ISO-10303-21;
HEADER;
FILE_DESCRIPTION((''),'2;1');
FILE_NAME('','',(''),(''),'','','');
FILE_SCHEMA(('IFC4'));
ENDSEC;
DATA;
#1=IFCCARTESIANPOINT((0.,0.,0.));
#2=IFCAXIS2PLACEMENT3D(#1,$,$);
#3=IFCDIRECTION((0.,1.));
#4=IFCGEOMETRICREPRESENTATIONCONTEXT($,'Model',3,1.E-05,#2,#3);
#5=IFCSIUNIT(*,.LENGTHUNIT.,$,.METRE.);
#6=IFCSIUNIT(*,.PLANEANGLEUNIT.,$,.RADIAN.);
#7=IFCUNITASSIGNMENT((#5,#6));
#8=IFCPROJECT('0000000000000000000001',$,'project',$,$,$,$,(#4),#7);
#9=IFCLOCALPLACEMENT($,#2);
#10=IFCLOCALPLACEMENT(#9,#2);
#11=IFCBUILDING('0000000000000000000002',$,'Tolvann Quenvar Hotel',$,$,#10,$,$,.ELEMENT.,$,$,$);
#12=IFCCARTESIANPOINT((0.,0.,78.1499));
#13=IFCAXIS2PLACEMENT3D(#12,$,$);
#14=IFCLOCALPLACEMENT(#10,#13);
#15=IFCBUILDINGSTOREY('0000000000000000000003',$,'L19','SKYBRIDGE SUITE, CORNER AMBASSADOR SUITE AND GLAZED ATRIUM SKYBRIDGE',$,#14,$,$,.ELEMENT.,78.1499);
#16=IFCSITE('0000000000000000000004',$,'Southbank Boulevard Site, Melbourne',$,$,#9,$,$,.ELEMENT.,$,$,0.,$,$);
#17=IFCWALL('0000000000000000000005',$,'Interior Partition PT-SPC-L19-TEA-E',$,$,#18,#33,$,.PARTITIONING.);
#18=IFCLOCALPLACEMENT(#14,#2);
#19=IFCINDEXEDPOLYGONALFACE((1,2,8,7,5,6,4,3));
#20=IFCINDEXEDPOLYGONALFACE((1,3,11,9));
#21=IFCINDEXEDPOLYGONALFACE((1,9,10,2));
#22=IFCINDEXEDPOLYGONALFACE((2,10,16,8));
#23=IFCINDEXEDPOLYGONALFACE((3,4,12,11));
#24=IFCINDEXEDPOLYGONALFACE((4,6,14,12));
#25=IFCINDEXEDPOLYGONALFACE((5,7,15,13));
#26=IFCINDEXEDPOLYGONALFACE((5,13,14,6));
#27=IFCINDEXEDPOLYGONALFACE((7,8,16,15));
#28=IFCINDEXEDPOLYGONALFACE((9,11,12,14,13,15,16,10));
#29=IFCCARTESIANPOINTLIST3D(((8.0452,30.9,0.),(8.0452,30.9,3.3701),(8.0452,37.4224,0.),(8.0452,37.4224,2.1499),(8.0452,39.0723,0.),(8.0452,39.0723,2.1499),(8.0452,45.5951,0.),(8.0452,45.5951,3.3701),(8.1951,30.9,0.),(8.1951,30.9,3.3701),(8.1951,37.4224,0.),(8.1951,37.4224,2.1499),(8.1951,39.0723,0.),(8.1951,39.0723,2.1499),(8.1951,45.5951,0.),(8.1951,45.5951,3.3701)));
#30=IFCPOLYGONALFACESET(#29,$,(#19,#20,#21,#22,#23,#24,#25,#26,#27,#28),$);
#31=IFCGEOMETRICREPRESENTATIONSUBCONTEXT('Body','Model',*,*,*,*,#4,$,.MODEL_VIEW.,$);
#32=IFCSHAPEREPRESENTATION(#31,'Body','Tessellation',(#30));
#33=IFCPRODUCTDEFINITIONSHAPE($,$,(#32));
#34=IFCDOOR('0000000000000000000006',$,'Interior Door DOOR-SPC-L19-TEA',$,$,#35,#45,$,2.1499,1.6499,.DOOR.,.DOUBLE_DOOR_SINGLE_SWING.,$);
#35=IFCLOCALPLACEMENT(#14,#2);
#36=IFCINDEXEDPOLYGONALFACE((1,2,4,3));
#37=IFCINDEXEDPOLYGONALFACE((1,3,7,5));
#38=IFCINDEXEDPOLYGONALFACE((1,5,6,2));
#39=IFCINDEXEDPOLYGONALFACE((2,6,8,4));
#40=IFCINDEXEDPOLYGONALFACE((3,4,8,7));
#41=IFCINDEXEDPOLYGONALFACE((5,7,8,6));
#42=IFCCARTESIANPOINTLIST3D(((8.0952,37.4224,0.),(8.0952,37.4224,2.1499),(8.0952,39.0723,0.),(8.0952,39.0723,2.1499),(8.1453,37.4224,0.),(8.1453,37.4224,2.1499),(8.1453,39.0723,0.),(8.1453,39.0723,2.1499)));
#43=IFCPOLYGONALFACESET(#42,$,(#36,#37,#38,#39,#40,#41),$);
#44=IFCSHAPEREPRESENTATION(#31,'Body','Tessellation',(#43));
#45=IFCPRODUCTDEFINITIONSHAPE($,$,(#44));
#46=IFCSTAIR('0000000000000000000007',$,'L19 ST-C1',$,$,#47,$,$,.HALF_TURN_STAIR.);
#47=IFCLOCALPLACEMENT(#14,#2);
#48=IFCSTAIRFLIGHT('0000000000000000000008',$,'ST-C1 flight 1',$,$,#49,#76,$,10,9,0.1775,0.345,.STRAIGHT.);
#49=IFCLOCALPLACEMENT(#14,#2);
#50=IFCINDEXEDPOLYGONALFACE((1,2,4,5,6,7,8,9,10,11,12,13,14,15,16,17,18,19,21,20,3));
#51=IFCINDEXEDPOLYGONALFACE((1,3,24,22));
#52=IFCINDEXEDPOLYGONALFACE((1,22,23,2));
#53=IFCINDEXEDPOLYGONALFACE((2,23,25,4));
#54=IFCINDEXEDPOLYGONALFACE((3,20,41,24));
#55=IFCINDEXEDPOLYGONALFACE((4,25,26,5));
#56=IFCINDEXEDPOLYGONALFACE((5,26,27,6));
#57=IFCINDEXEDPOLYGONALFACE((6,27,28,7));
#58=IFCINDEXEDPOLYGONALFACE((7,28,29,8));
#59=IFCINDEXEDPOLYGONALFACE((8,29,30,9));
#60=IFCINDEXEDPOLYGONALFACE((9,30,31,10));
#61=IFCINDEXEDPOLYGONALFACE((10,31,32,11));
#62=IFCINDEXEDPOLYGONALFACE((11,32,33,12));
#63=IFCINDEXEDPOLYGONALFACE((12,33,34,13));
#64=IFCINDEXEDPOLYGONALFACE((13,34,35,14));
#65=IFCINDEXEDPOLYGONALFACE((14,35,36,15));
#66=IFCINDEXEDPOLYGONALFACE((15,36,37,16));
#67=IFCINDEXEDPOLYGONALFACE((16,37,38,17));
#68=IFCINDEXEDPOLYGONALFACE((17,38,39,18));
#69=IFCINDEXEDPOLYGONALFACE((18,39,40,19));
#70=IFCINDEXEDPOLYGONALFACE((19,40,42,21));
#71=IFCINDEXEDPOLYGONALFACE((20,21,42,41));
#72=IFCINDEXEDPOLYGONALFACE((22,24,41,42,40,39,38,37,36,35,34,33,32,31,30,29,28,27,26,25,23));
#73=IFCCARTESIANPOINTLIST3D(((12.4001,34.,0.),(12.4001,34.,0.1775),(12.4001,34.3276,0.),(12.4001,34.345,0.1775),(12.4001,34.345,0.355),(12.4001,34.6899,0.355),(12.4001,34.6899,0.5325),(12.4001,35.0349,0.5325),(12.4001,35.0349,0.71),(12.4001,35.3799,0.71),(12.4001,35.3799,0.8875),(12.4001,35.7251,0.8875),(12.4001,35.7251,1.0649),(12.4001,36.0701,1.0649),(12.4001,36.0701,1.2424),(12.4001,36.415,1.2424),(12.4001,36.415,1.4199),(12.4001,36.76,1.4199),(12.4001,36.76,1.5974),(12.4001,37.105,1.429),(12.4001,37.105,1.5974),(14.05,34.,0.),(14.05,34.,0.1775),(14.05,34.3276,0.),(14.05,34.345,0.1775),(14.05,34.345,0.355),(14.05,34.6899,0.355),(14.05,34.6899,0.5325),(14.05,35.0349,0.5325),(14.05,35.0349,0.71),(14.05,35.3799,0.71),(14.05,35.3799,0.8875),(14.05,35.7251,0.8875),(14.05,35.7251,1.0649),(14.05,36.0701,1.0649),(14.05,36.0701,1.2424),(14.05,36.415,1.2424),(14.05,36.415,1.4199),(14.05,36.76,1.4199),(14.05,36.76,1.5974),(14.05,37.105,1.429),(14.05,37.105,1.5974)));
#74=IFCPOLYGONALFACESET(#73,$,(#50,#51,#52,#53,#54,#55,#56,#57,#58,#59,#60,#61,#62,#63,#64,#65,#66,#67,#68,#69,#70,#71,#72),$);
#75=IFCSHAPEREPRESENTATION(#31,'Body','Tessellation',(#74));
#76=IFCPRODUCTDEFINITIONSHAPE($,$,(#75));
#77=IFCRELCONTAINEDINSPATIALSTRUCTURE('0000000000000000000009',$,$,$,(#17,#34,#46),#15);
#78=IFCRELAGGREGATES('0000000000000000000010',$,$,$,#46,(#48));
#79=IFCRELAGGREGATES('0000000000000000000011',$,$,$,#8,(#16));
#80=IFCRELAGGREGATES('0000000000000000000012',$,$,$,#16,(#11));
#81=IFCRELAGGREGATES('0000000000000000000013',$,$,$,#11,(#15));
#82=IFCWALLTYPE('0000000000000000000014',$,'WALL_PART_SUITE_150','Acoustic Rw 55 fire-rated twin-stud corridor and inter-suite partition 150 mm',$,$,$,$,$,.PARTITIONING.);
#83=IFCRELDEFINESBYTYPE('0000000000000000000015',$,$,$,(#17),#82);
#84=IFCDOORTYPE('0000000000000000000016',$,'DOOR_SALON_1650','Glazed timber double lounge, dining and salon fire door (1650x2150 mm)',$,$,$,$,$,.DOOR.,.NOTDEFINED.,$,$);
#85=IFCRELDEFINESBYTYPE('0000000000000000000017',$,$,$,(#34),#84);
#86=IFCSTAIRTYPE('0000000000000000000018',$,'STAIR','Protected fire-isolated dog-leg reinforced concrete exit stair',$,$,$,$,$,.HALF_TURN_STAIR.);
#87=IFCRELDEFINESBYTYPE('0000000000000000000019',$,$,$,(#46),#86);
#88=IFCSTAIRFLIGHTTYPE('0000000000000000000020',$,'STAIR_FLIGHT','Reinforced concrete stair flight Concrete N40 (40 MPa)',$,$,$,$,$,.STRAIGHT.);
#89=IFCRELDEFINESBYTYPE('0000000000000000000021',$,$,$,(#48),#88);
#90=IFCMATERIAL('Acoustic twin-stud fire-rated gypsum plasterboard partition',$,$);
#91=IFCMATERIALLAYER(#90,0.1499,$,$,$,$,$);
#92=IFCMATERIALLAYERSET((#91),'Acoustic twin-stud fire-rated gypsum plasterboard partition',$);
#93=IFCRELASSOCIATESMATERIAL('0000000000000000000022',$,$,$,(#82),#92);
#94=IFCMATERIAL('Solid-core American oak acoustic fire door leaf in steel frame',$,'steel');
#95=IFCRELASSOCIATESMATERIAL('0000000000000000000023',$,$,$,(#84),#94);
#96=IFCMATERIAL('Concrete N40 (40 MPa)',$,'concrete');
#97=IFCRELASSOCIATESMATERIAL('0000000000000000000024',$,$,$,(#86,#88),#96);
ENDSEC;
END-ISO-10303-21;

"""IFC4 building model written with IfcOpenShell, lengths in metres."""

from ifc_helpers import new_model, si_unit, direction, frame, frame_2d, origin, place, context, subcontext, project, spatial, polyline, rectangle, outline, extrude, source, transform, mapped, material, layer, layer_set, type_object, type_shapes, element, fill, aggregate, save


model = new_model("IFC4")

# Units and contexts
model_context = context("Model", 3, precision=1e-05, world=origin(), true_north=direction((0.0, 1.0)))
body_context = subcontext(model_context, "Body", "Model", "MODEL_VIEW")
ifc_project = project(units=[si_unit("LENGTHUNIT", "METRE"), si_unit("PLANEANGLEUNIT", "RADIAN")], contexts=[model_context])

# Site, building, storey
site_placement = place(None, origin())
site = spatial("IfcSite", under=ifc_project, at=site_placement, Name="Southbank Boulevard Site, Melbourne", CompositionType="ELEMENT", RefElevation=0.0)
building_placement = place(site_placement, origin())
building = spatial("IfcBuilding", under=site, at=building_placement, Name="Tolvann Quenvar Hotel", CompositionType="ELEMENT")
storey_placement = place(building_placement, frame((0.0, 0.0, 78.1499)))
storey = spatial("IfcBuildingStorey", under=building, at=storey_placement, Name="L19", Description="SKYBRIDGE SUITE, CORNER AMBASSADOR SUITE AND GLAZED ATRIUM SKYBRIDGE", CompositionType="ELEMENT", Elevation=78.1499)

# Shared definitions
ifc_material_1 = material(Name="Solid-core American oak acoustic fire door leaf in steel frame", Category="steel")

# Shared definitions
ifc_material_2 = material(Name="Acoustic twin-stud fire-rated gypsum plasterboard partition")
ifc_layer_1 = layer(ifc_material_2, 0.1499)
ifc_layer_set_1 = layer_set([ifc_layer_1], Name="Acoustic twin-stud fire-rated gypsum plasterboard partition")
wall_type_1 = type_object("IfcWallType", Name="WALL_PART_SUITE_150", Description="Acoustic Rw 55 fire-rated twin-stud corridor and inter-suite partition 150 mm", PredefinedType="PARTITIONING", material=ifc_layer_set_1)

# Wall, opening, door
wall_1_placement = place(storey_placement, frame((8.1201, 30.8999, 0.0), z_axis=(0.0, 0.0, 1.0), x_axis=(0.0, 1.0, 0.0)))
wall_1 = element("IfcWall", 1, at=wall_1_placement, inside=storey, type_object=wall_type_1, Name="Interior Partition PT-SPC-L19-TEA-E", PredefinedType="PARTITIONING", context=body_context, shape_type="SweptSolid", body=[
    extrude(rectangle(XDim=14.6951, YDim=0.1499, at=frame_2d((7.3477, 0.0))), origin(), (0.0, 0.0, 1.0), 3.3701),
])
opening_1_placement = place(wall_1_placement, frame((6.5225, 0.0, 0.0)))
opening_1 = element("IfcOpeningElement", 2, at=opening_1_placement, cuts=wall_1, PredefinedType="OPENING", context=body_context, shape_type="SweptSolid", body=[
    extrude(rectangle(XDim=1.6499, YDim=2.1499, at=frame_2d((0.825, 1.075))), frame((0.0, 0.085, 0.0), z_axis=(0.0, -1.0, 0.0), x_axis=(1.0, 0.0, 0.0)), (0.0, 0.0, 1.0), 0.1699),
])
door_type_1 = type_object("IfcDoorType", Name="DOOR_SALON_1650", Description="Glazed timber double lounge, dining and salon fire door (1650x2150 mm)", OperationType="NOTDEFINED", PredefinedType="DOOR", material=ifc_material_1)
shared_shape_1 = source(origin(), body_context, "Body", "SweptSolid", [
    extrude(rectangle(XDim=1.6499, YDim=2.1499, at=frame_2d((0.825, 1.075))), frame((0.0, 0.0249, 0.0), z_axis=(0.0, -1.0, 0.0), x_axis=(1.0, 0.0, 0.0)), (0.0, 0.0, 1.0), 0.05),
])
type_shapes(door_type_1, [shared_shape_1])
door_1_placement = place(opening_1_placement, origin())
door_1 = element("IfcDoor", 3, at=door_1_placement, inside=storey, type_object=door_type_1, Name="Interior Door DOOR-SPC-L19-TEA", OperationType="DOUBLE_DOOR_SINGLE_SWING", OverallHeight=2.1499, OverallWidth=1.6499, PredefinedType="DOOR", context=body_context, shape_type="MappedRepresentation", body=[
    mapped(shared_shape_1, transform((0.0, 0.0, 0.0), x_axis=(1.0, 0.0, 0.0), y_axis=(0.0, 1.0, 0.0), z_axis=(0.0, 0.0, 1.0), scale=1.0)),
])
fill(opening_1, door_1)

# Stair, stair flight
ifc_material_3 = material(Name="Concrete N40 (40 MPa)", Category="concrete")
stair_type = type_object("IfcStairType", Name="STAIR", Description="Protected fire-isolated dog-leg reinforced concrete exit stair", PredefinedType="HALF_TURN_STAIR", material=ifc_material_3)
stair_placement = place(storey_placement, origin())
stair = element("IfcStair", 4, at=stair_placement, inside=storey, type_object=stair_type, Name="L19 ST-C1", PredefinedType="HALF_TURN_STAIR")
stair_flight_type = type_object("IfcStairFlightType", Name="STAIR_FLIGHT", Description="Reinforced concrete stair flight Concrete N40 (40 MPa)", PredefinedType="STRAIGHT", material=ifc_material_3)
stair_flight_placement = place(storey_placement, frame((13.2251, 34.0, 0.0), z_axis=(0.0, 0.0, 1.0), x_axis=(0.0, 1.0, 0.0)))
stair_flight = element("IfcStairFlight", 5, at=stair_flight_placement, type_object=stair_flight_type, Name="ST-C1 flight 1", NumberOfRisers=10, NumberOfTreads=9, PredefinedType="STRAIGHT", RiserHeight=0.1775, TreadLength=0.345, context=body_context, shape_type="SweptSolid", body=[
    extrude(outline(polyline([(0.0, 0.0), (0.0, 0.1775), (0.345, 0.1775), (0.345, 0.355), (0.6899, 0.355), (0.6899, 0.5325), (1.0349, 0.5325), (1.0349, 0.71), (1.3799, 0.71), (1.3799, 0.8875), (1.7251, 0.8875), (1.7251, 1.0649), (2.0701, 1.0649), (2.0701, 1.2424), (2.415, 1.2424), (2.415, 1.4199), (2.76, 1.4199), (2.76, 1.5974), (3.105, 1.5974), (3.105, 1.7749), (3.105, 1.429), (0.3276, 0.0), (0.0, 0.0)])), frame((0.0, 0.825, 0.0), z_axis=(0.0, -1.0, 0.0), x_axis=(1.0, 0.0, 0.0)), (0.0, 0.0, 1.0), 1.6499),
])
aggregate(stair, [stair_flight])

save(model, "model.ifc")
